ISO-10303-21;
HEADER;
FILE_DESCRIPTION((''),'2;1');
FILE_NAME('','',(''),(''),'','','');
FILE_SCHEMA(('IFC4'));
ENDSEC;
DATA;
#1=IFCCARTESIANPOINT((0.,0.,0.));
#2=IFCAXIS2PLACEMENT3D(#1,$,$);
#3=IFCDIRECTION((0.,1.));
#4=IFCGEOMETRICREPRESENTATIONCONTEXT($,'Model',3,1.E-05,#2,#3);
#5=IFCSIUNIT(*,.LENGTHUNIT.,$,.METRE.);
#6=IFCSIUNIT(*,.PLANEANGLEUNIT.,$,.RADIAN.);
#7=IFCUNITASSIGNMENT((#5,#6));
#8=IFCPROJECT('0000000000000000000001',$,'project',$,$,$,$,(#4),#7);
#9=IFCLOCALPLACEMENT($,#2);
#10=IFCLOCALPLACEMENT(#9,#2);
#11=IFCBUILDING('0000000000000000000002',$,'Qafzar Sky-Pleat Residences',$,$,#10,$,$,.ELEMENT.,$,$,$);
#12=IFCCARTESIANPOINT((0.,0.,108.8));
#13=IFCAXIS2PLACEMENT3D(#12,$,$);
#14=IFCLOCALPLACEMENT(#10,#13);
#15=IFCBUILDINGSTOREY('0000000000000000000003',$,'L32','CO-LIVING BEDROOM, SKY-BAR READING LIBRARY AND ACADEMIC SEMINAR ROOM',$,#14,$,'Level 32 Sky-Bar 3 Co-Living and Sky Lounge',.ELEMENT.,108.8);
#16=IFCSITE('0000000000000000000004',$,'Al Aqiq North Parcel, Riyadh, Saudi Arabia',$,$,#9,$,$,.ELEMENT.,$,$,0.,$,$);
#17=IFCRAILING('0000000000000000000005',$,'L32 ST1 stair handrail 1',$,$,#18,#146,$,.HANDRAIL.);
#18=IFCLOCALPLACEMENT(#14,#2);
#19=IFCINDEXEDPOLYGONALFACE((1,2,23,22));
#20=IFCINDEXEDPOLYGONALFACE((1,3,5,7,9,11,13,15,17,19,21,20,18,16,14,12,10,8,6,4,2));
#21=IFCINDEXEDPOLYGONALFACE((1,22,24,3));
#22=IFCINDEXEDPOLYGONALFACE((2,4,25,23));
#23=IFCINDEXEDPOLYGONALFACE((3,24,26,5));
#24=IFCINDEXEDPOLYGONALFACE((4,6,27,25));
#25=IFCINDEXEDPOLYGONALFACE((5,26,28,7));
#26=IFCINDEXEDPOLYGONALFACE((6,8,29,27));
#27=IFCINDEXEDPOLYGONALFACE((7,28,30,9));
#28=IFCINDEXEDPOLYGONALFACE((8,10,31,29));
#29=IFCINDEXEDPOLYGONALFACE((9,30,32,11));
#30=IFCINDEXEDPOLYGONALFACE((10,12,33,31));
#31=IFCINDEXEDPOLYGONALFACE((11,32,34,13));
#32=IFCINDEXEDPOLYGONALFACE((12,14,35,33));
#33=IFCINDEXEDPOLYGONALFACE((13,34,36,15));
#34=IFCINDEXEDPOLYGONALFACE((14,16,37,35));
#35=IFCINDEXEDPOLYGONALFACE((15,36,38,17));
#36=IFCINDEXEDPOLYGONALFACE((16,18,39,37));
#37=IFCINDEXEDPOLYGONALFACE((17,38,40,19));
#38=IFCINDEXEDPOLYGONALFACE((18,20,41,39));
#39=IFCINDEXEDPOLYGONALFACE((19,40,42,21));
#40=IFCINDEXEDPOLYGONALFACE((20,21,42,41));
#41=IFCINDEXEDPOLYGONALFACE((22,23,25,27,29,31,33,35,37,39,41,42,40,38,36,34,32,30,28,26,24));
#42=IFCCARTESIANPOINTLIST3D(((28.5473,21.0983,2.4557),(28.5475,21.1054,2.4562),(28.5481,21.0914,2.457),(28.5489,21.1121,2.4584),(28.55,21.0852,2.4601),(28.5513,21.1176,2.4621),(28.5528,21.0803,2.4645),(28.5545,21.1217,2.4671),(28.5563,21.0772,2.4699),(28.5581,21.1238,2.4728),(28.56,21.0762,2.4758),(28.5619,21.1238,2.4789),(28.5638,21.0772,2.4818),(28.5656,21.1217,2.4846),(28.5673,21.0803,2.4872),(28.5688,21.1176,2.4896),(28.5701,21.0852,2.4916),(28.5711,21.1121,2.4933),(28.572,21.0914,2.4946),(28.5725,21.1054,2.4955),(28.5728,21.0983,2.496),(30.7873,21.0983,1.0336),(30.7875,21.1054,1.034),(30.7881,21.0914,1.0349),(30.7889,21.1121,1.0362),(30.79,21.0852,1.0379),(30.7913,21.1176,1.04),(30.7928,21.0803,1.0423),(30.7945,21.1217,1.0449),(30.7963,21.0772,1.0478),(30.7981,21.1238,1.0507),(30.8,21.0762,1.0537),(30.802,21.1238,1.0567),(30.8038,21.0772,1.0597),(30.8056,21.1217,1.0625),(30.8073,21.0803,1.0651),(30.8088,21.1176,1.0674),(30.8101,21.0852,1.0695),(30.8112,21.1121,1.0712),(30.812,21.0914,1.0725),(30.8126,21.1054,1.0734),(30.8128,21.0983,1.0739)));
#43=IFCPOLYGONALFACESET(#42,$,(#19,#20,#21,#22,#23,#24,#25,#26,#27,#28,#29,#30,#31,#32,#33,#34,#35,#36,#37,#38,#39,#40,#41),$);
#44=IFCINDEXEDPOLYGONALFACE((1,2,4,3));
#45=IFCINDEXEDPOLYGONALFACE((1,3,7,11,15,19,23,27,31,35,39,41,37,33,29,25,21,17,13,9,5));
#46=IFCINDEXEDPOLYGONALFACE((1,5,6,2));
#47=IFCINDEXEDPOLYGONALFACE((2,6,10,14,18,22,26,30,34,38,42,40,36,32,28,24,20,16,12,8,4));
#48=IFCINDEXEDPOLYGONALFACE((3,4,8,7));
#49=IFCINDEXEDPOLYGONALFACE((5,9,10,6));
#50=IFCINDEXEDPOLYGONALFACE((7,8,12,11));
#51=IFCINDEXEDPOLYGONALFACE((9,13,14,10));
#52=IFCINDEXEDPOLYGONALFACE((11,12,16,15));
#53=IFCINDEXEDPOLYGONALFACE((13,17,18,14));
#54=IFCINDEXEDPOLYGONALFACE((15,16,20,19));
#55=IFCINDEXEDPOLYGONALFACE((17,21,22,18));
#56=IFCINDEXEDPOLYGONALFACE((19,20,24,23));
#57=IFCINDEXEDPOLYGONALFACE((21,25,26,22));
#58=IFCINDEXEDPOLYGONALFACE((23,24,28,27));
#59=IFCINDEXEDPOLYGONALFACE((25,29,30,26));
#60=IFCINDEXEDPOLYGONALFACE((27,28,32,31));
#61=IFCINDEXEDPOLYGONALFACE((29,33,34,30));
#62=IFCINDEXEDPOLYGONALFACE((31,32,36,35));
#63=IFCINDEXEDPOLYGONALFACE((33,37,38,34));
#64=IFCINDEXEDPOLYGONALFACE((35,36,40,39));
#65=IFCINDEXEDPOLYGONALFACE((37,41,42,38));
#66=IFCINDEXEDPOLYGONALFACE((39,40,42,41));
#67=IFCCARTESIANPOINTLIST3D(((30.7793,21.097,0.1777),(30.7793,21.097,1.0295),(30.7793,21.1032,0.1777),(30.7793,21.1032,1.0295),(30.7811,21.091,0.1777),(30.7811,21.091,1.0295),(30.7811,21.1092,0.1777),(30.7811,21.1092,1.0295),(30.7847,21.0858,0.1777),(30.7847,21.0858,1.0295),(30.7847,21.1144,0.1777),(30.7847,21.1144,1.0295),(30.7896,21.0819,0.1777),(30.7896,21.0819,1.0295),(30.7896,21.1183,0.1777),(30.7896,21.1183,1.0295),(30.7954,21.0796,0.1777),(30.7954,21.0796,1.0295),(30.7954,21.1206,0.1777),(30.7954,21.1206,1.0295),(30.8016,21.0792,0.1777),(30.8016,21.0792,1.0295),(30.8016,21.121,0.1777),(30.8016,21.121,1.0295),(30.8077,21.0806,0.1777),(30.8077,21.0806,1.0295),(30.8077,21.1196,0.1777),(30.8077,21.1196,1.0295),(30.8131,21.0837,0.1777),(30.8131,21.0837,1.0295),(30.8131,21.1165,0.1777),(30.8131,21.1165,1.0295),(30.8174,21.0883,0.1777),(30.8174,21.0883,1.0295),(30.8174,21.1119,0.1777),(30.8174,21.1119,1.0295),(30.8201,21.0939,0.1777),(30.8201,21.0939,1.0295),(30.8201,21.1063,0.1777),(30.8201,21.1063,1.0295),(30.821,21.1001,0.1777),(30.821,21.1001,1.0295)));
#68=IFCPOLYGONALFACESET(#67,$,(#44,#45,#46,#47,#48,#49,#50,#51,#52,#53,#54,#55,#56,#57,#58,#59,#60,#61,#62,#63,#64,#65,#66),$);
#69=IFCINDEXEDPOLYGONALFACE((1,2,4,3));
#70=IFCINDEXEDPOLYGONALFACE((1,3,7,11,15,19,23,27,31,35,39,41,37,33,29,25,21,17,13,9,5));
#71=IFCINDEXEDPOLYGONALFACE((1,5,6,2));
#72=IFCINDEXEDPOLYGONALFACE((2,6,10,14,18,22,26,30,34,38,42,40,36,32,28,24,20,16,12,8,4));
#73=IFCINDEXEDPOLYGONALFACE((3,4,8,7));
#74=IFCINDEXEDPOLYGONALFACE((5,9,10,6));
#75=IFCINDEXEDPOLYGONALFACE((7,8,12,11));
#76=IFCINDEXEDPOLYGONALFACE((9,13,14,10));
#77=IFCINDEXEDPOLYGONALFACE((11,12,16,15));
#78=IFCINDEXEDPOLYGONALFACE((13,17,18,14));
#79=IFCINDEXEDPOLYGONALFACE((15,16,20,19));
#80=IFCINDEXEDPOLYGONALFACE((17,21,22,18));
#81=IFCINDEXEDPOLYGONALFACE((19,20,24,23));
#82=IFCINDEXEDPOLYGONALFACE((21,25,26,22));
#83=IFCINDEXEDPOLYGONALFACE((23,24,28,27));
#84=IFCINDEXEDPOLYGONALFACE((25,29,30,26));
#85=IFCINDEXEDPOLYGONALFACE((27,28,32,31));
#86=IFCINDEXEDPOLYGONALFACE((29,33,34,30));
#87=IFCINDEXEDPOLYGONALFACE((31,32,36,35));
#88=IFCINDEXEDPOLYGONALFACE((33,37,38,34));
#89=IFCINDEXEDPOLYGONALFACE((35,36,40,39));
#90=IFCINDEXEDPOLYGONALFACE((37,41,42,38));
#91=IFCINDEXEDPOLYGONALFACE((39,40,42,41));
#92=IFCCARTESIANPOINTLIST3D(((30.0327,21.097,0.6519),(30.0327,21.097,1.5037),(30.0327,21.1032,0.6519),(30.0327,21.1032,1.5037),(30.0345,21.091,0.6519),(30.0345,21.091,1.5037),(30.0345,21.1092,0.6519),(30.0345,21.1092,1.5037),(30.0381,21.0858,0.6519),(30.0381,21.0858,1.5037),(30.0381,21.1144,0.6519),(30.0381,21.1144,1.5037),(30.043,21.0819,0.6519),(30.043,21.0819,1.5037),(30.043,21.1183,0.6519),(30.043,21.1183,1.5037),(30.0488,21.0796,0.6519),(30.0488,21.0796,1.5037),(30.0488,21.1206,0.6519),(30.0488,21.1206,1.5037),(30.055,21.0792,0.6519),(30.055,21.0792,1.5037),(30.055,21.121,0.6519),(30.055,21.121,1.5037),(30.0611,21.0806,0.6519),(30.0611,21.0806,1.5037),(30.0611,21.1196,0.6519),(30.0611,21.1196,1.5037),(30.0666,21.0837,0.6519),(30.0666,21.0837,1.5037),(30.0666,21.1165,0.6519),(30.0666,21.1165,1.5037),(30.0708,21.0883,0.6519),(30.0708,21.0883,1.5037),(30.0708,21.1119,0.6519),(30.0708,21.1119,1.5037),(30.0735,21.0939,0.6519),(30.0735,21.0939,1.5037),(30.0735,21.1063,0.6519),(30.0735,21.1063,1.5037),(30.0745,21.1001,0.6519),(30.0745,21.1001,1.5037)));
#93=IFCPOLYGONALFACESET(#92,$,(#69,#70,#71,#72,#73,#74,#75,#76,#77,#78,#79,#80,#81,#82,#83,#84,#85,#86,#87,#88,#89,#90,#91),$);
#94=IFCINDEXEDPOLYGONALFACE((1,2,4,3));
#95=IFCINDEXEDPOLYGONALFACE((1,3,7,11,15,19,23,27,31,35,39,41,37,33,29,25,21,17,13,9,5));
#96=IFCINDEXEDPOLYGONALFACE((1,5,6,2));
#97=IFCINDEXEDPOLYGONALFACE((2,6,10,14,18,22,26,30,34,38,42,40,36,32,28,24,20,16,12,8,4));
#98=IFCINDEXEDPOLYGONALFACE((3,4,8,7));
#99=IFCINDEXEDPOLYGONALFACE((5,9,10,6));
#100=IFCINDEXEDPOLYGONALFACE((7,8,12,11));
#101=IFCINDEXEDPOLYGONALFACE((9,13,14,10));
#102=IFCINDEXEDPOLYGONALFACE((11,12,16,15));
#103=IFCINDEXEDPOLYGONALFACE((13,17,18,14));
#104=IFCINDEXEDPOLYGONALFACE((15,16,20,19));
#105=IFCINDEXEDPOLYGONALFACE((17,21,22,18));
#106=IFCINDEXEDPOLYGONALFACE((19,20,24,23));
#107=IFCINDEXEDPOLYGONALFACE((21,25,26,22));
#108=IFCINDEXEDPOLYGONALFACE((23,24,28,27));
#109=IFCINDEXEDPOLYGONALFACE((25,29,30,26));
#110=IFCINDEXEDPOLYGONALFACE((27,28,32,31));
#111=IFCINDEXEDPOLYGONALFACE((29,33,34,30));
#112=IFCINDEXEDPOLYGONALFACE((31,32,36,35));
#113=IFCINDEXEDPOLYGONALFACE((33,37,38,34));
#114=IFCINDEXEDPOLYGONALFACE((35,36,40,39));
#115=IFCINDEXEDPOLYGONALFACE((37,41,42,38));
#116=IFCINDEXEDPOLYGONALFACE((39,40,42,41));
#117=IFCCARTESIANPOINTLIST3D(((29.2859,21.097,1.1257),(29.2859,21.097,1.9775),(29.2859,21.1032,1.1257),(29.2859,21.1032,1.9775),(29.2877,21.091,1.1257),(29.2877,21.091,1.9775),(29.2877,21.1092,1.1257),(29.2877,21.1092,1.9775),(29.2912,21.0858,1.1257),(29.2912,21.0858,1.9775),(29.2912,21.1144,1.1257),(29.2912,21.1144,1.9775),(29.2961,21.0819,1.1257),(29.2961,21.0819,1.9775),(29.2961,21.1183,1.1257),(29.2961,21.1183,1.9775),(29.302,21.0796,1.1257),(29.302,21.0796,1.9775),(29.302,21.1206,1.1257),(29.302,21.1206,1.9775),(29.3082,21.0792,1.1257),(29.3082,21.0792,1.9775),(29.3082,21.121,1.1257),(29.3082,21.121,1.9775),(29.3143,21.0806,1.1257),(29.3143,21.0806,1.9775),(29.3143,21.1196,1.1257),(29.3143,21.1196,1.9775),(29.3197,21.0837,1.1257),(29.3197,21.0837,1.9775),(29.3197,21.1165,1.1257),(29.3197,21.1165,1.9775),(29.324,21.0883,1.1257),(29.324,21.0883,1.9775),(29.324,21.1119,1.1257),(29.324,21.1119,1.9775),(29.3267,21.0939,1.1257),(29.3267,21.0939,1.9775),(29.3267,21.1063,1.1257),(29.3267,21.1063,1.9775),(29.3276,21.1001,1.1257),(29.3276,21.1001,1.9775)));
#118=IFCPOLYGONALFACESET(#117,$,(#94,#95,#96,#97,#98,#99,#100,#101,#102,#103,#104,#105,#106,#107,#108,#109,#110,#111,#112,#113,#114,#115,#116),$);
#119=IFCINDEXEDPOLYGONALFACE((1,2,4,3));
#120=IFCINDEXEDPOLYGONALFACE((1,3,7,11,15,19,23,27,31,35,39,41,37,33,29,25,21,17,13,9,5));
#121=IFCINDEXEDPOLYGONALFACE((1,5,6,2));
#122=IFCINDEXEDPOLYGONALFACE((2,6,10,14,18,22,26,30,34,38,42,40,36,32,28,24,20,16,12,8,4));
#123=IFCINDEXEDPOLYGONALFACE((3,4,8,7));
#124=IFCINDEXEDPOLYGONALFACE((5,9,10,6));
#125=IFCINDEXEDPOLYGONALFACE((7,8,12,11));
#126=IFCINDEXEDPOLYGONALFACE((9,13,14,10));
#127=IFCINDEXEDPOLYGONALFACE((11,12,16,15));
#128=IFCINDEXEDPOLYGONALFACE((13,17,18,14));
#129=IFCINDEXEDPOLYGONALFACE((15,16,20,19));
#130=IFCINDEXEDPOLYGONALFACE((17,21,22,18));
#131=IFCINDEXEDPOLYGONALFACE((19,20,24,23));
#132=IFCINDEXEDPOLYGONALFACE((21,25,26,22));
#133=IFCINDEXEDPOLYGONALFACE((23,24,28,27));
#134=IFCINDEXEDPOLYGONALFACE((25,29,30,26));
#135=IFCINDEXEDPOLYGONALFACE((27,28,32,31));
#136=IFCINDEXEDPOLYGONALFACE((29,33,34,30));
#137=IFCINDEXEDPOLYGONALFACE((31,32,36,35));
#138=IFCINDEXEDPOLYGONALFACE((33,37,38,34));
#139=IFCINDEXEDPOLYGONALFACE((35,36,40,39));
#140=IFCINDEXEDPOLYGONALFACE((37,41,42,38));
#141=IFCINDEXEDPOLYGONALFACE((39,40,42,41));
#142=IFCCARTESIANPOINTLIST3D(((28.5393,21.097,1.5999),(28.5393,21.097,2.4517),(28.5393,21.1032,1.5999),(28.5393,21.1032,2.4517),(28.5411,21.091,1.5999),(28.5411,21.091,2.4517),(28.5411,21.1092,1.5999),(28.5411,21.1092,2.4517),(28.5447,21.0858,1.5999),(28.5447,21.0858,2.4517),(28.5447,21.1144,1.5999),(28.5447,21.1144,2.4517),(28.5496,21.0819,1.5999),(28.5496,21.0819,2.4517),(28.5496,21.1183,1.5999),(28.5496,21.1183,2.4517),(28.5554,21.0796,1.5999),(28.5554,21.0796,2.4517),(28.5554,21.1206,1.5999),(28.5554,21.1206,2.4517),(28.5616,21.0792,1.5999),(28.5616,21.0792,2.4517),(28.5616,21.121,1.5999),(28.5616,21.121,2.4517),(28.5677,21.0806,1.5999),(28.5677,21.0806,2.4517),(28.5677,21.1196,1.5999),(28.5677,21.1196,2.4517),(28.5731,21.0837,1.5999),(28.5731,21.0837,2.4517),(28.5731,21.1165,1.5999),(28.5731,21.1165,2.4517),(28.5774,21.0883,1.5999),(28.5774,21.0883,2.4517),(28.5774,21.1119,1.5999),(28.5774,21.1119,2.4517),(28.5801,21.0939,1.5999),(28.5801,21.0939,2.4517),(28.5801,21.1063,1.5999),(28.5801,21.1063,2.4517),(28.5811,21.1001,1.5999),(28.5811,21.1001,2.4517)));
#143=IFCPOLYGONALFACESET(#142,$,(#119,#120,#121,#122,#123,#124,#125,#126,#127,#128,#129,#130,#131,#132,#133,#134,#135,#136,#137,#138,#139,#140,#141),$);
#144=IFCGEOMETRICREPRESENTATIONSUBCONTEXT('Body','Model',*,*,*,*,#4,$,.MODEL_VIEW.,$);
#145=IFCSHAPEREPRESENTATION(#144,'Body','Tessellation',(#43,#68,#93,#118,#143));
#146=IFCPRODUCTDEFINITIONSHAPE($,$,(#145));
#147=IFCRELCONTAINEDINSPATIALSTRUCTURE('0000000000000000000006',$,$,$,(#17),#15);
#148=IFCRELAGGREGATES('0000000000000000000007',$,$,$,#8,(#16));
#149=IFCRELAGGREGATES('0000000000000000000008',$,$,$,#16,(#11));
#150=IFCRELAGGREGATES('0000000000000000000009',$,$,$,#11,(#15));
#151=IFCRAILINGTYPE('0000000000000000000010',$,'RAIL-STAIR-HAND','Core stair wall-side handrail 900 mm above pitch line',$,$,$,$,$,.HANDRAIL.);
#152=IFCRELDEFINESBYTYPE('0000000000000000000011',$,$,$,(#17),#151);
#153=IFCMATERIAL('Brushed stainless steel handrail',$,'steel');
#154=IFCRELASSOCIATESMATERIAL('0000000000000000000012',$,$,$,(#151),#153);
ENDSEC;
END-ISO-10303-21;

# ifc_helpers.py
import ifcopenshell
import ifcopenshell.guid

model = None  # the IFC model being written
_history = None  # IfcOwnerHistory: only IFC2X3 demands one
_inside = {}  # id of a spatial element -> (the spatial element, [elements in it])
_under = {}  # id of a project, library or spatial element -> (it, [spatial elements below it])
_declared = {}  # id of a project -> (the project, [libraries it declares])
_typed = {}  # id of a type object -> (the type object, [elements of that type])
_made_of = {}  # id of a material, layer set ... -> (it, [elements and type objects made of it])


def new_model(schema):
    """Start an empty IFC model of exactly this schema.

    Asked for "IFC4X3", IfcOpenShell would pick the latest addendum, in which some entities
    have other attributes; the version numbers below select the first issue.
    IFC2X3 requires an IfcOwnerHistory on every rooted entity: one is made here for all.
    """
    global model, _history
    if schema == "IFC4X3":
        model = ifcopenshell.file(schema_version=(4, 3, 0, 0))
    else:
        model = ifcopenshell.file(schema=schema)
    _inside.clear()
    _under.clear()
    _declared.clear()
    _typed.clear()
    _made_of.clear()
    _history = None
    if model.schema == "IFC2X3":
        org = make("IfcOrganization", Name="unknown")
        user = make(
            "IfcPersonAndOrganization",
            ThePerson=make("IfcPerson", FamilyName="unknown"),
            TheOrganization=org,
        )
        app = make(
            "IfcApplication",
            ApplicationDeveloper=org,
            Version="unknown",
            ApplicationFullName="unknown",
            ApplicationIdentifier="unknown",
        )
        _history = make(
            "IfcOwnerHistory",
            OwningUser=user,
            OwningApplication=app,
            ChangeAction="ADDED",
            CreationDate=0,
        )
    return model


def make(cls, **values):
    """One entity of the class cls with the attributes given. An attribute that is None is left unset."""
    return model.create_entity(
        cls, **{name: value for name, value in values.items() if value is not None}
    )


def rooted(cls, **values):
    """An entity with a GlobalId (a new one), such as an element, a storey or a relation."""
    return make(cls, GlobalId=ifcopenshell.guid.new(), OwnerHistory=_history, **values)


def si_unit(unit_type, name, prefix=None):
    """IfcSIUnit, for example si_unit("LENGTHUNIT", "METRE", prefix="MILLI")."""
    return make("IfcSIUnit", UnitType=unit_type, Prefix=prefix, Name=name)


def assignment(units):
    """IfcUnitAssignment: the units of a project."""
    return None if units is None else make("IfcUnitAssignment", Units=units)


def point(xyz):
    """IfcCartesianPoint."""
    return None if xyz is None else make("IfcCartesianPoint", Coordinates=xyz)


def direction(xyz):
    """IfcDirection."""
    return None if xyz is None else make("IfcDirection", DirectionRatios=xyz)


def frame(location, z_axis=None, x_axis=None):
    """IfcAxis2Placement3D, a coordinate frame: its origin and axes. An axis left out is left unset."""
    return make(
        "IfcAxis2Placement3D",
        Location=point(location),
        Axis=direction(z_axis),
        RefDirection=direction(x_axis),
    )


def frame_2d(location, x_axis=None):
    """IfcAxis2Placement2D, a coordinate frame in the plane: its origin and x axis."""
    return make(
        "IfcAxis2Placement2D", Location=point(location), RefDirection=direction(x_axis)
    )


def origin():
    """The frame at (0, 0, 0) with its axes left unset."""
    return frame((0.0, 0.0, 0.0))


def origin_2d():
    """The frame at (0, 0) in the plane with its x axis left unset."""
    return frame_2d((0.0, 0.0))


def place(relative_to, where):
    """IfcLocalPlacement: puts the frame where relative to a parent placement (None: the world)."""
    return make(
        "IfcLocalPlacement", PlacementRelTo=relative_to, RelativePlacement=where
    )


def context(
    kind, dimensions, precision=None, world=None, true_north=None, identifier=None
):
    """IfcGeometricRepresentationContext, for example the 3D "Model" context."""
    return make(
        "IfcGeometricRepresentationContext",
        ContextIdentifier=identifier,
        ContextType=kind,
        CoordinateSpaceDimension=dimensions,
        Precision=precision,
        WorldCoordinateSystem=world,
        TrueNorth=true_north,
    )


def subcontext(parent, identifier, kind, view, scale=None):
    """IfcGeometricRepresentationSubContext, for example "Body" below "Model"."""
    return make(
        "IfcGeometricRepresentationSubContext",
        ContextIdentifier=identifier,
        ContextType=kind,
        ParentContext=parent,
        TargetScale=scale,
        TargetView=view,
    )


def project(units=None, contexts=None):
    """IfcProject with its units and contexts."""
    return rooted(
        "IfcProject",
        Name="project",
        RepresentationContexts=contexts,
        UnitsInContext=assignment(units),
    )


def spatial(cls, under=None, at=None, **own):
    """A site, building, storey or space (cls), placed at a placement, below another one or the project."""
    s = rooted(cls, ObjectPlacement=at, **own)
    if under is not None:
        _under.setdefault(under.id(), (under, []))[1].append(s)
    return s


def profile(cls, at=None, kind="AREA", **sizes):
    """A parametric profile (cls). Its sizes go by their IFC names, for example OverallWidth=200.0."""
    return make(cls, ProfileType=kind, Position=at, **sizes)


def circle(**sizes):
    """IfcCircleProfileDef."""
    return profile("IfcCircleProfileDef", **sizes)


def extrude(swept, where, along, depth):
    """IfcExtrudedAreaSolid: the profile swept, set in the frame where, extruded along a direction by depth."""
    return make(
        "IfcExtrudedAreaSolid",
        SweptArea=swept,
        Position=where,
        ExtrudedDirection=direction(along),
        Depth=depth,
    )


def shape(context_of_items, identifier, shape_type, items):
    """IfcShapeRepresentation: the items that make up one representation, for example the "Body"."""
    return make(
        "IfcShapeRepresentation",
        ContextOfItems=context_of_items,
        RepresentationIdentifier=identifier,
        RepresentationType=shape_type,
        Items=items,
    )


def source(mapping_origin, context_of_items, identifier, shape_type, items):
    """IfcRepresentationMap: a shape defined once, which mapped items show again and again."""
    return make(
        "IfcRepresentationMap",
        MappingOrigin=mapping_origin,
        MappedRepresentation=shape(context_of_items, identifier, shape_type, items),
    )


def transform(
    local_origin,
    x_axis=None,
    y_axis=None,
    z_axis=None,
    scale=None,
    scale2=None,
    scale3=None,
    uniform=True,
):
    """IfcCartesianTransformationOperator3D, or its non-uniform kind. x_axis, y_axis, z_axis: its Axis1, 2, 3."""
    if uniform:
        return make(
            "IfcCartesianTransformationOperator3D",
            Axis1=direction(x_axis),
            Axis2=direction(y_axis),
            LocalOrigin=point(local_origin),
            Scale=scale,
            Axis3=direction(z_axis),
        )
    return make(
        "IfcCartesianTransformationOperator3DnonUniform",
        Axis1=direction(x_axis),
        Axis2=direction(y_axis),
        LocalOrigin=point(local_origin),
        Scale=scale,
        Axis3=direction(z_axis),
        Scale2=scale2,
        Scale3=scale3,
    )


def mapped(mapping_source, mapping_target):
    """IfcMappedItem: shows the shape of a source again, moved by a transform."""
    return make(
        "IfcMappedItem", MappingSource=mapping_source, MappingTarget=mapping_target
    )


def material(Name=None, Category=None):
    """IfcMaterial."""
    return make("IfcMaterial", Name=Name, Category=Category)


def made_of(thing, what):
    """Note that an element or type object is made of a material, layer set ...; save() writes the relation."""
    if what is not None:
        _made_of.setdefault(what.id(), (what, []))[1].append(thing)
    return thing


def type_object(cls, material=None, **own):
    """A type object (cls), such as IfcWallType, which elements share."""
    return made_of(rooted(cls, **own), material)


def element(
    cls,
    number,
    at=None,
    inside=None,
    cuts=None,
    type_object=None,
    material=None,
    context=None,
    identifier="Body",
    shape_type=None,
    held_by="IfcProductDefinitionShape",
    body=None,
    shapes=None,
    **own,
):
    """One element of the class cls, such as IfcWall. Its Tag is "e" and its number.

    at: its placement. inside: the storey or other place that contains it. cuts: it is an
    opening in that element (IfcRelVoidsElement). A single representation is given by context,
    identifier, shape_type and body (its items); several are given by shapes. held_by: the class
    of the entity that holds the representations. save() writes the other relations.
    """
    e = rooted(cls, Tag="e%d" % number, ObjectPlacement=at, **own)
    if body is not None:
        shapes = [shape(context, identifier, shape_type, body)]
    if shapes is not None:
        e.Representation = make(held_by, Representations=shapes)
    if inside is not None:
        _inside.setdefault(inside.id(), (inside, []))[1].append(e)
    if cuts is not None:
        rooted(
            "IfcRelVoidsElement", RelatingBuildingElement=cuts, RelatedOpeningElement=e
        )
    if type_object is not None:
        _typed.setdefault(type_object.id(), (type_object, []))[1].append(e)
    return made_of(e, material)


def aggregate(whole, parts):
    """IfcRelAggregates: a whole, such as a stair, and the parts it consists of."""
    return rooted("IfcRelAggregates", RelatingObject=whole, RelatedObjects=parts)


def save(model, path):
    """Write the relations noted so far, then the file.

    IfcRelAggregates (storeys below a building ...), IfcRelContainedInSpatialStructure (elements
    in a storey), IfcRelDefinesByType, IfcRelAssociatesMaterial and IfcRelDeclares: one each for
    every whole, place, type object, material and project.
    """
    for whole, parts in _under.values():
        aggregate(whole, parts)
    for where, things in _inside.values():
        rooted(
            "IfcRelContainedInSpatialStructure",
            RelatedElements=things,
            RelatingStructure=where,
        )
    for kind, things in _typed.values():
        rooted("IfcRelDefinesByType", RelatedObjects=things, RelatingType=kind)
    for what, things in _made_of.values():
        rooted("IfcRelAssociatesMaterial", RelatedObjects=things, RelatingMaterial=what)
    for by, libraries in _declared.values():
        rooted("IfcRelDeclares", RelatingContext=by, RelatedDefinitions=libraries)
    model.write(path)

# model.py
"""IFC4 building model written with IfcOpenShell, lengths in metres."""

from ifc_helpers import new_model, si_unit, direction, frame, origin, origin_2d, place, context, subcontext, project, spatial, circle, extrude, source, transform, mapped, material, type_object, element, save


model = new_model("IFC4")

# Units and contexts
model_context = context("Model", 3, precision=1e-05, world=origin(), true_north=direction((0.0, 1.0)))
body_context = subcontext(model_context, "Body", "Model", "MODEL_VIEW")
ifc_project = project(units=[si_unit("LENGTHUNIT", "METRE"), si_unit("PLANEANGLEUNIT", "RADIAN")], contexts=[model_context])

# Site, building, storey
site_placement = place(None, origin())
site = spatial("IfcSite", under=ifc_project, at=site_placement, Name="Al Aqiq North Parcel, Riyadh, Saudi Arabia", CompositionType="ELEMENT", RefElevation=0.0)
building_placement = place(site_placement, origin())
building = spatial("IfcBuilding", under=site, at=building_placement, Name="Qafzar Sky-Pleat Residences", CompositionType="ELEMENT")
storey_placement = place(building_placement, frame((0.0, 0.0, 108.8)))
storey = spatial("IfcBuildingStorey", under=building, at=storey_placement, Name="L32", Description="CO-LIVING BEDROOM, SKY-BAR READING LIBRARY AND ACADEMIC SEMINAR ROOM", LongName="Level 32 Sky-Bar 3 Co-Living and Sky Lounge", CompositionType="ELEMENT", Elevation=108.8)

# Railing
ifc_material_1 = material(Name="Brushed stainless steel handrail", Category="steel")
railing_type_1 = type_object("IfcRailingType", Name="RAIL-STAIR-HAND", Description="Core stair wall-side handrail 900 mm above pitch line", PredefinedType="HANDRAIL", material=ifc_material_1)
shared_shape_1 = source(origin(), body_context, "Body", "SweptSolid", [
    extrude(circle(Radius=0.0239, at=origin_2d()), frame((0.0, 0.0, 0.876), z_axis=(-0.844229, 0.0, 0.535982), x_axis=(0.0, -1.0, 0.0)), (0.0, 0.0, 1.0), 2.6533),
    extrude(circle(Radius=0.021, at=origin_2d()), origin(), (0.0, 0.0, 1.0), 0.8518),
    extrude(circle(Radius=0.021, at=origin_2d()), frame((-0.7466, 0.0, 0.4741)), (0.0, 0.0, 1.0), 0.8518),
    extrude(circle(Radius=0.021, at=origin_2d()), frame((-1.4934, 0.0, 0.948)), (0.0, 0.0, 1.0), 0.8518),
    extrude(circle(Radius=0.021, at=origin_2d()), frame((-2.24, 0.0, 1.4221)), (0.0, 0.0, 1.0), 0.8518),
])
railing_1_placement = place(storey_placement, frame((30.8, 21.1001, 0.1777)))
element("IfcRailing", 1, at=railing_1_placement, inside=storey, type_object=railing_type_1, Name="L32 ST1 stair handrail 1", PredefinedType="HANDRAIL", context=body_context, shape_type="MappedRepresentation", body=[
    mapped(shared_shape_1, transform((0.0, 0.0, 0.0), x_axis=(1.0, 0.0, 0.0), y_axis=(0.0, 1.0, 0.0), z_axis=(0.0, 0.0, 1.0), scale=1.0)),
])

save(model, "model.ifc")
